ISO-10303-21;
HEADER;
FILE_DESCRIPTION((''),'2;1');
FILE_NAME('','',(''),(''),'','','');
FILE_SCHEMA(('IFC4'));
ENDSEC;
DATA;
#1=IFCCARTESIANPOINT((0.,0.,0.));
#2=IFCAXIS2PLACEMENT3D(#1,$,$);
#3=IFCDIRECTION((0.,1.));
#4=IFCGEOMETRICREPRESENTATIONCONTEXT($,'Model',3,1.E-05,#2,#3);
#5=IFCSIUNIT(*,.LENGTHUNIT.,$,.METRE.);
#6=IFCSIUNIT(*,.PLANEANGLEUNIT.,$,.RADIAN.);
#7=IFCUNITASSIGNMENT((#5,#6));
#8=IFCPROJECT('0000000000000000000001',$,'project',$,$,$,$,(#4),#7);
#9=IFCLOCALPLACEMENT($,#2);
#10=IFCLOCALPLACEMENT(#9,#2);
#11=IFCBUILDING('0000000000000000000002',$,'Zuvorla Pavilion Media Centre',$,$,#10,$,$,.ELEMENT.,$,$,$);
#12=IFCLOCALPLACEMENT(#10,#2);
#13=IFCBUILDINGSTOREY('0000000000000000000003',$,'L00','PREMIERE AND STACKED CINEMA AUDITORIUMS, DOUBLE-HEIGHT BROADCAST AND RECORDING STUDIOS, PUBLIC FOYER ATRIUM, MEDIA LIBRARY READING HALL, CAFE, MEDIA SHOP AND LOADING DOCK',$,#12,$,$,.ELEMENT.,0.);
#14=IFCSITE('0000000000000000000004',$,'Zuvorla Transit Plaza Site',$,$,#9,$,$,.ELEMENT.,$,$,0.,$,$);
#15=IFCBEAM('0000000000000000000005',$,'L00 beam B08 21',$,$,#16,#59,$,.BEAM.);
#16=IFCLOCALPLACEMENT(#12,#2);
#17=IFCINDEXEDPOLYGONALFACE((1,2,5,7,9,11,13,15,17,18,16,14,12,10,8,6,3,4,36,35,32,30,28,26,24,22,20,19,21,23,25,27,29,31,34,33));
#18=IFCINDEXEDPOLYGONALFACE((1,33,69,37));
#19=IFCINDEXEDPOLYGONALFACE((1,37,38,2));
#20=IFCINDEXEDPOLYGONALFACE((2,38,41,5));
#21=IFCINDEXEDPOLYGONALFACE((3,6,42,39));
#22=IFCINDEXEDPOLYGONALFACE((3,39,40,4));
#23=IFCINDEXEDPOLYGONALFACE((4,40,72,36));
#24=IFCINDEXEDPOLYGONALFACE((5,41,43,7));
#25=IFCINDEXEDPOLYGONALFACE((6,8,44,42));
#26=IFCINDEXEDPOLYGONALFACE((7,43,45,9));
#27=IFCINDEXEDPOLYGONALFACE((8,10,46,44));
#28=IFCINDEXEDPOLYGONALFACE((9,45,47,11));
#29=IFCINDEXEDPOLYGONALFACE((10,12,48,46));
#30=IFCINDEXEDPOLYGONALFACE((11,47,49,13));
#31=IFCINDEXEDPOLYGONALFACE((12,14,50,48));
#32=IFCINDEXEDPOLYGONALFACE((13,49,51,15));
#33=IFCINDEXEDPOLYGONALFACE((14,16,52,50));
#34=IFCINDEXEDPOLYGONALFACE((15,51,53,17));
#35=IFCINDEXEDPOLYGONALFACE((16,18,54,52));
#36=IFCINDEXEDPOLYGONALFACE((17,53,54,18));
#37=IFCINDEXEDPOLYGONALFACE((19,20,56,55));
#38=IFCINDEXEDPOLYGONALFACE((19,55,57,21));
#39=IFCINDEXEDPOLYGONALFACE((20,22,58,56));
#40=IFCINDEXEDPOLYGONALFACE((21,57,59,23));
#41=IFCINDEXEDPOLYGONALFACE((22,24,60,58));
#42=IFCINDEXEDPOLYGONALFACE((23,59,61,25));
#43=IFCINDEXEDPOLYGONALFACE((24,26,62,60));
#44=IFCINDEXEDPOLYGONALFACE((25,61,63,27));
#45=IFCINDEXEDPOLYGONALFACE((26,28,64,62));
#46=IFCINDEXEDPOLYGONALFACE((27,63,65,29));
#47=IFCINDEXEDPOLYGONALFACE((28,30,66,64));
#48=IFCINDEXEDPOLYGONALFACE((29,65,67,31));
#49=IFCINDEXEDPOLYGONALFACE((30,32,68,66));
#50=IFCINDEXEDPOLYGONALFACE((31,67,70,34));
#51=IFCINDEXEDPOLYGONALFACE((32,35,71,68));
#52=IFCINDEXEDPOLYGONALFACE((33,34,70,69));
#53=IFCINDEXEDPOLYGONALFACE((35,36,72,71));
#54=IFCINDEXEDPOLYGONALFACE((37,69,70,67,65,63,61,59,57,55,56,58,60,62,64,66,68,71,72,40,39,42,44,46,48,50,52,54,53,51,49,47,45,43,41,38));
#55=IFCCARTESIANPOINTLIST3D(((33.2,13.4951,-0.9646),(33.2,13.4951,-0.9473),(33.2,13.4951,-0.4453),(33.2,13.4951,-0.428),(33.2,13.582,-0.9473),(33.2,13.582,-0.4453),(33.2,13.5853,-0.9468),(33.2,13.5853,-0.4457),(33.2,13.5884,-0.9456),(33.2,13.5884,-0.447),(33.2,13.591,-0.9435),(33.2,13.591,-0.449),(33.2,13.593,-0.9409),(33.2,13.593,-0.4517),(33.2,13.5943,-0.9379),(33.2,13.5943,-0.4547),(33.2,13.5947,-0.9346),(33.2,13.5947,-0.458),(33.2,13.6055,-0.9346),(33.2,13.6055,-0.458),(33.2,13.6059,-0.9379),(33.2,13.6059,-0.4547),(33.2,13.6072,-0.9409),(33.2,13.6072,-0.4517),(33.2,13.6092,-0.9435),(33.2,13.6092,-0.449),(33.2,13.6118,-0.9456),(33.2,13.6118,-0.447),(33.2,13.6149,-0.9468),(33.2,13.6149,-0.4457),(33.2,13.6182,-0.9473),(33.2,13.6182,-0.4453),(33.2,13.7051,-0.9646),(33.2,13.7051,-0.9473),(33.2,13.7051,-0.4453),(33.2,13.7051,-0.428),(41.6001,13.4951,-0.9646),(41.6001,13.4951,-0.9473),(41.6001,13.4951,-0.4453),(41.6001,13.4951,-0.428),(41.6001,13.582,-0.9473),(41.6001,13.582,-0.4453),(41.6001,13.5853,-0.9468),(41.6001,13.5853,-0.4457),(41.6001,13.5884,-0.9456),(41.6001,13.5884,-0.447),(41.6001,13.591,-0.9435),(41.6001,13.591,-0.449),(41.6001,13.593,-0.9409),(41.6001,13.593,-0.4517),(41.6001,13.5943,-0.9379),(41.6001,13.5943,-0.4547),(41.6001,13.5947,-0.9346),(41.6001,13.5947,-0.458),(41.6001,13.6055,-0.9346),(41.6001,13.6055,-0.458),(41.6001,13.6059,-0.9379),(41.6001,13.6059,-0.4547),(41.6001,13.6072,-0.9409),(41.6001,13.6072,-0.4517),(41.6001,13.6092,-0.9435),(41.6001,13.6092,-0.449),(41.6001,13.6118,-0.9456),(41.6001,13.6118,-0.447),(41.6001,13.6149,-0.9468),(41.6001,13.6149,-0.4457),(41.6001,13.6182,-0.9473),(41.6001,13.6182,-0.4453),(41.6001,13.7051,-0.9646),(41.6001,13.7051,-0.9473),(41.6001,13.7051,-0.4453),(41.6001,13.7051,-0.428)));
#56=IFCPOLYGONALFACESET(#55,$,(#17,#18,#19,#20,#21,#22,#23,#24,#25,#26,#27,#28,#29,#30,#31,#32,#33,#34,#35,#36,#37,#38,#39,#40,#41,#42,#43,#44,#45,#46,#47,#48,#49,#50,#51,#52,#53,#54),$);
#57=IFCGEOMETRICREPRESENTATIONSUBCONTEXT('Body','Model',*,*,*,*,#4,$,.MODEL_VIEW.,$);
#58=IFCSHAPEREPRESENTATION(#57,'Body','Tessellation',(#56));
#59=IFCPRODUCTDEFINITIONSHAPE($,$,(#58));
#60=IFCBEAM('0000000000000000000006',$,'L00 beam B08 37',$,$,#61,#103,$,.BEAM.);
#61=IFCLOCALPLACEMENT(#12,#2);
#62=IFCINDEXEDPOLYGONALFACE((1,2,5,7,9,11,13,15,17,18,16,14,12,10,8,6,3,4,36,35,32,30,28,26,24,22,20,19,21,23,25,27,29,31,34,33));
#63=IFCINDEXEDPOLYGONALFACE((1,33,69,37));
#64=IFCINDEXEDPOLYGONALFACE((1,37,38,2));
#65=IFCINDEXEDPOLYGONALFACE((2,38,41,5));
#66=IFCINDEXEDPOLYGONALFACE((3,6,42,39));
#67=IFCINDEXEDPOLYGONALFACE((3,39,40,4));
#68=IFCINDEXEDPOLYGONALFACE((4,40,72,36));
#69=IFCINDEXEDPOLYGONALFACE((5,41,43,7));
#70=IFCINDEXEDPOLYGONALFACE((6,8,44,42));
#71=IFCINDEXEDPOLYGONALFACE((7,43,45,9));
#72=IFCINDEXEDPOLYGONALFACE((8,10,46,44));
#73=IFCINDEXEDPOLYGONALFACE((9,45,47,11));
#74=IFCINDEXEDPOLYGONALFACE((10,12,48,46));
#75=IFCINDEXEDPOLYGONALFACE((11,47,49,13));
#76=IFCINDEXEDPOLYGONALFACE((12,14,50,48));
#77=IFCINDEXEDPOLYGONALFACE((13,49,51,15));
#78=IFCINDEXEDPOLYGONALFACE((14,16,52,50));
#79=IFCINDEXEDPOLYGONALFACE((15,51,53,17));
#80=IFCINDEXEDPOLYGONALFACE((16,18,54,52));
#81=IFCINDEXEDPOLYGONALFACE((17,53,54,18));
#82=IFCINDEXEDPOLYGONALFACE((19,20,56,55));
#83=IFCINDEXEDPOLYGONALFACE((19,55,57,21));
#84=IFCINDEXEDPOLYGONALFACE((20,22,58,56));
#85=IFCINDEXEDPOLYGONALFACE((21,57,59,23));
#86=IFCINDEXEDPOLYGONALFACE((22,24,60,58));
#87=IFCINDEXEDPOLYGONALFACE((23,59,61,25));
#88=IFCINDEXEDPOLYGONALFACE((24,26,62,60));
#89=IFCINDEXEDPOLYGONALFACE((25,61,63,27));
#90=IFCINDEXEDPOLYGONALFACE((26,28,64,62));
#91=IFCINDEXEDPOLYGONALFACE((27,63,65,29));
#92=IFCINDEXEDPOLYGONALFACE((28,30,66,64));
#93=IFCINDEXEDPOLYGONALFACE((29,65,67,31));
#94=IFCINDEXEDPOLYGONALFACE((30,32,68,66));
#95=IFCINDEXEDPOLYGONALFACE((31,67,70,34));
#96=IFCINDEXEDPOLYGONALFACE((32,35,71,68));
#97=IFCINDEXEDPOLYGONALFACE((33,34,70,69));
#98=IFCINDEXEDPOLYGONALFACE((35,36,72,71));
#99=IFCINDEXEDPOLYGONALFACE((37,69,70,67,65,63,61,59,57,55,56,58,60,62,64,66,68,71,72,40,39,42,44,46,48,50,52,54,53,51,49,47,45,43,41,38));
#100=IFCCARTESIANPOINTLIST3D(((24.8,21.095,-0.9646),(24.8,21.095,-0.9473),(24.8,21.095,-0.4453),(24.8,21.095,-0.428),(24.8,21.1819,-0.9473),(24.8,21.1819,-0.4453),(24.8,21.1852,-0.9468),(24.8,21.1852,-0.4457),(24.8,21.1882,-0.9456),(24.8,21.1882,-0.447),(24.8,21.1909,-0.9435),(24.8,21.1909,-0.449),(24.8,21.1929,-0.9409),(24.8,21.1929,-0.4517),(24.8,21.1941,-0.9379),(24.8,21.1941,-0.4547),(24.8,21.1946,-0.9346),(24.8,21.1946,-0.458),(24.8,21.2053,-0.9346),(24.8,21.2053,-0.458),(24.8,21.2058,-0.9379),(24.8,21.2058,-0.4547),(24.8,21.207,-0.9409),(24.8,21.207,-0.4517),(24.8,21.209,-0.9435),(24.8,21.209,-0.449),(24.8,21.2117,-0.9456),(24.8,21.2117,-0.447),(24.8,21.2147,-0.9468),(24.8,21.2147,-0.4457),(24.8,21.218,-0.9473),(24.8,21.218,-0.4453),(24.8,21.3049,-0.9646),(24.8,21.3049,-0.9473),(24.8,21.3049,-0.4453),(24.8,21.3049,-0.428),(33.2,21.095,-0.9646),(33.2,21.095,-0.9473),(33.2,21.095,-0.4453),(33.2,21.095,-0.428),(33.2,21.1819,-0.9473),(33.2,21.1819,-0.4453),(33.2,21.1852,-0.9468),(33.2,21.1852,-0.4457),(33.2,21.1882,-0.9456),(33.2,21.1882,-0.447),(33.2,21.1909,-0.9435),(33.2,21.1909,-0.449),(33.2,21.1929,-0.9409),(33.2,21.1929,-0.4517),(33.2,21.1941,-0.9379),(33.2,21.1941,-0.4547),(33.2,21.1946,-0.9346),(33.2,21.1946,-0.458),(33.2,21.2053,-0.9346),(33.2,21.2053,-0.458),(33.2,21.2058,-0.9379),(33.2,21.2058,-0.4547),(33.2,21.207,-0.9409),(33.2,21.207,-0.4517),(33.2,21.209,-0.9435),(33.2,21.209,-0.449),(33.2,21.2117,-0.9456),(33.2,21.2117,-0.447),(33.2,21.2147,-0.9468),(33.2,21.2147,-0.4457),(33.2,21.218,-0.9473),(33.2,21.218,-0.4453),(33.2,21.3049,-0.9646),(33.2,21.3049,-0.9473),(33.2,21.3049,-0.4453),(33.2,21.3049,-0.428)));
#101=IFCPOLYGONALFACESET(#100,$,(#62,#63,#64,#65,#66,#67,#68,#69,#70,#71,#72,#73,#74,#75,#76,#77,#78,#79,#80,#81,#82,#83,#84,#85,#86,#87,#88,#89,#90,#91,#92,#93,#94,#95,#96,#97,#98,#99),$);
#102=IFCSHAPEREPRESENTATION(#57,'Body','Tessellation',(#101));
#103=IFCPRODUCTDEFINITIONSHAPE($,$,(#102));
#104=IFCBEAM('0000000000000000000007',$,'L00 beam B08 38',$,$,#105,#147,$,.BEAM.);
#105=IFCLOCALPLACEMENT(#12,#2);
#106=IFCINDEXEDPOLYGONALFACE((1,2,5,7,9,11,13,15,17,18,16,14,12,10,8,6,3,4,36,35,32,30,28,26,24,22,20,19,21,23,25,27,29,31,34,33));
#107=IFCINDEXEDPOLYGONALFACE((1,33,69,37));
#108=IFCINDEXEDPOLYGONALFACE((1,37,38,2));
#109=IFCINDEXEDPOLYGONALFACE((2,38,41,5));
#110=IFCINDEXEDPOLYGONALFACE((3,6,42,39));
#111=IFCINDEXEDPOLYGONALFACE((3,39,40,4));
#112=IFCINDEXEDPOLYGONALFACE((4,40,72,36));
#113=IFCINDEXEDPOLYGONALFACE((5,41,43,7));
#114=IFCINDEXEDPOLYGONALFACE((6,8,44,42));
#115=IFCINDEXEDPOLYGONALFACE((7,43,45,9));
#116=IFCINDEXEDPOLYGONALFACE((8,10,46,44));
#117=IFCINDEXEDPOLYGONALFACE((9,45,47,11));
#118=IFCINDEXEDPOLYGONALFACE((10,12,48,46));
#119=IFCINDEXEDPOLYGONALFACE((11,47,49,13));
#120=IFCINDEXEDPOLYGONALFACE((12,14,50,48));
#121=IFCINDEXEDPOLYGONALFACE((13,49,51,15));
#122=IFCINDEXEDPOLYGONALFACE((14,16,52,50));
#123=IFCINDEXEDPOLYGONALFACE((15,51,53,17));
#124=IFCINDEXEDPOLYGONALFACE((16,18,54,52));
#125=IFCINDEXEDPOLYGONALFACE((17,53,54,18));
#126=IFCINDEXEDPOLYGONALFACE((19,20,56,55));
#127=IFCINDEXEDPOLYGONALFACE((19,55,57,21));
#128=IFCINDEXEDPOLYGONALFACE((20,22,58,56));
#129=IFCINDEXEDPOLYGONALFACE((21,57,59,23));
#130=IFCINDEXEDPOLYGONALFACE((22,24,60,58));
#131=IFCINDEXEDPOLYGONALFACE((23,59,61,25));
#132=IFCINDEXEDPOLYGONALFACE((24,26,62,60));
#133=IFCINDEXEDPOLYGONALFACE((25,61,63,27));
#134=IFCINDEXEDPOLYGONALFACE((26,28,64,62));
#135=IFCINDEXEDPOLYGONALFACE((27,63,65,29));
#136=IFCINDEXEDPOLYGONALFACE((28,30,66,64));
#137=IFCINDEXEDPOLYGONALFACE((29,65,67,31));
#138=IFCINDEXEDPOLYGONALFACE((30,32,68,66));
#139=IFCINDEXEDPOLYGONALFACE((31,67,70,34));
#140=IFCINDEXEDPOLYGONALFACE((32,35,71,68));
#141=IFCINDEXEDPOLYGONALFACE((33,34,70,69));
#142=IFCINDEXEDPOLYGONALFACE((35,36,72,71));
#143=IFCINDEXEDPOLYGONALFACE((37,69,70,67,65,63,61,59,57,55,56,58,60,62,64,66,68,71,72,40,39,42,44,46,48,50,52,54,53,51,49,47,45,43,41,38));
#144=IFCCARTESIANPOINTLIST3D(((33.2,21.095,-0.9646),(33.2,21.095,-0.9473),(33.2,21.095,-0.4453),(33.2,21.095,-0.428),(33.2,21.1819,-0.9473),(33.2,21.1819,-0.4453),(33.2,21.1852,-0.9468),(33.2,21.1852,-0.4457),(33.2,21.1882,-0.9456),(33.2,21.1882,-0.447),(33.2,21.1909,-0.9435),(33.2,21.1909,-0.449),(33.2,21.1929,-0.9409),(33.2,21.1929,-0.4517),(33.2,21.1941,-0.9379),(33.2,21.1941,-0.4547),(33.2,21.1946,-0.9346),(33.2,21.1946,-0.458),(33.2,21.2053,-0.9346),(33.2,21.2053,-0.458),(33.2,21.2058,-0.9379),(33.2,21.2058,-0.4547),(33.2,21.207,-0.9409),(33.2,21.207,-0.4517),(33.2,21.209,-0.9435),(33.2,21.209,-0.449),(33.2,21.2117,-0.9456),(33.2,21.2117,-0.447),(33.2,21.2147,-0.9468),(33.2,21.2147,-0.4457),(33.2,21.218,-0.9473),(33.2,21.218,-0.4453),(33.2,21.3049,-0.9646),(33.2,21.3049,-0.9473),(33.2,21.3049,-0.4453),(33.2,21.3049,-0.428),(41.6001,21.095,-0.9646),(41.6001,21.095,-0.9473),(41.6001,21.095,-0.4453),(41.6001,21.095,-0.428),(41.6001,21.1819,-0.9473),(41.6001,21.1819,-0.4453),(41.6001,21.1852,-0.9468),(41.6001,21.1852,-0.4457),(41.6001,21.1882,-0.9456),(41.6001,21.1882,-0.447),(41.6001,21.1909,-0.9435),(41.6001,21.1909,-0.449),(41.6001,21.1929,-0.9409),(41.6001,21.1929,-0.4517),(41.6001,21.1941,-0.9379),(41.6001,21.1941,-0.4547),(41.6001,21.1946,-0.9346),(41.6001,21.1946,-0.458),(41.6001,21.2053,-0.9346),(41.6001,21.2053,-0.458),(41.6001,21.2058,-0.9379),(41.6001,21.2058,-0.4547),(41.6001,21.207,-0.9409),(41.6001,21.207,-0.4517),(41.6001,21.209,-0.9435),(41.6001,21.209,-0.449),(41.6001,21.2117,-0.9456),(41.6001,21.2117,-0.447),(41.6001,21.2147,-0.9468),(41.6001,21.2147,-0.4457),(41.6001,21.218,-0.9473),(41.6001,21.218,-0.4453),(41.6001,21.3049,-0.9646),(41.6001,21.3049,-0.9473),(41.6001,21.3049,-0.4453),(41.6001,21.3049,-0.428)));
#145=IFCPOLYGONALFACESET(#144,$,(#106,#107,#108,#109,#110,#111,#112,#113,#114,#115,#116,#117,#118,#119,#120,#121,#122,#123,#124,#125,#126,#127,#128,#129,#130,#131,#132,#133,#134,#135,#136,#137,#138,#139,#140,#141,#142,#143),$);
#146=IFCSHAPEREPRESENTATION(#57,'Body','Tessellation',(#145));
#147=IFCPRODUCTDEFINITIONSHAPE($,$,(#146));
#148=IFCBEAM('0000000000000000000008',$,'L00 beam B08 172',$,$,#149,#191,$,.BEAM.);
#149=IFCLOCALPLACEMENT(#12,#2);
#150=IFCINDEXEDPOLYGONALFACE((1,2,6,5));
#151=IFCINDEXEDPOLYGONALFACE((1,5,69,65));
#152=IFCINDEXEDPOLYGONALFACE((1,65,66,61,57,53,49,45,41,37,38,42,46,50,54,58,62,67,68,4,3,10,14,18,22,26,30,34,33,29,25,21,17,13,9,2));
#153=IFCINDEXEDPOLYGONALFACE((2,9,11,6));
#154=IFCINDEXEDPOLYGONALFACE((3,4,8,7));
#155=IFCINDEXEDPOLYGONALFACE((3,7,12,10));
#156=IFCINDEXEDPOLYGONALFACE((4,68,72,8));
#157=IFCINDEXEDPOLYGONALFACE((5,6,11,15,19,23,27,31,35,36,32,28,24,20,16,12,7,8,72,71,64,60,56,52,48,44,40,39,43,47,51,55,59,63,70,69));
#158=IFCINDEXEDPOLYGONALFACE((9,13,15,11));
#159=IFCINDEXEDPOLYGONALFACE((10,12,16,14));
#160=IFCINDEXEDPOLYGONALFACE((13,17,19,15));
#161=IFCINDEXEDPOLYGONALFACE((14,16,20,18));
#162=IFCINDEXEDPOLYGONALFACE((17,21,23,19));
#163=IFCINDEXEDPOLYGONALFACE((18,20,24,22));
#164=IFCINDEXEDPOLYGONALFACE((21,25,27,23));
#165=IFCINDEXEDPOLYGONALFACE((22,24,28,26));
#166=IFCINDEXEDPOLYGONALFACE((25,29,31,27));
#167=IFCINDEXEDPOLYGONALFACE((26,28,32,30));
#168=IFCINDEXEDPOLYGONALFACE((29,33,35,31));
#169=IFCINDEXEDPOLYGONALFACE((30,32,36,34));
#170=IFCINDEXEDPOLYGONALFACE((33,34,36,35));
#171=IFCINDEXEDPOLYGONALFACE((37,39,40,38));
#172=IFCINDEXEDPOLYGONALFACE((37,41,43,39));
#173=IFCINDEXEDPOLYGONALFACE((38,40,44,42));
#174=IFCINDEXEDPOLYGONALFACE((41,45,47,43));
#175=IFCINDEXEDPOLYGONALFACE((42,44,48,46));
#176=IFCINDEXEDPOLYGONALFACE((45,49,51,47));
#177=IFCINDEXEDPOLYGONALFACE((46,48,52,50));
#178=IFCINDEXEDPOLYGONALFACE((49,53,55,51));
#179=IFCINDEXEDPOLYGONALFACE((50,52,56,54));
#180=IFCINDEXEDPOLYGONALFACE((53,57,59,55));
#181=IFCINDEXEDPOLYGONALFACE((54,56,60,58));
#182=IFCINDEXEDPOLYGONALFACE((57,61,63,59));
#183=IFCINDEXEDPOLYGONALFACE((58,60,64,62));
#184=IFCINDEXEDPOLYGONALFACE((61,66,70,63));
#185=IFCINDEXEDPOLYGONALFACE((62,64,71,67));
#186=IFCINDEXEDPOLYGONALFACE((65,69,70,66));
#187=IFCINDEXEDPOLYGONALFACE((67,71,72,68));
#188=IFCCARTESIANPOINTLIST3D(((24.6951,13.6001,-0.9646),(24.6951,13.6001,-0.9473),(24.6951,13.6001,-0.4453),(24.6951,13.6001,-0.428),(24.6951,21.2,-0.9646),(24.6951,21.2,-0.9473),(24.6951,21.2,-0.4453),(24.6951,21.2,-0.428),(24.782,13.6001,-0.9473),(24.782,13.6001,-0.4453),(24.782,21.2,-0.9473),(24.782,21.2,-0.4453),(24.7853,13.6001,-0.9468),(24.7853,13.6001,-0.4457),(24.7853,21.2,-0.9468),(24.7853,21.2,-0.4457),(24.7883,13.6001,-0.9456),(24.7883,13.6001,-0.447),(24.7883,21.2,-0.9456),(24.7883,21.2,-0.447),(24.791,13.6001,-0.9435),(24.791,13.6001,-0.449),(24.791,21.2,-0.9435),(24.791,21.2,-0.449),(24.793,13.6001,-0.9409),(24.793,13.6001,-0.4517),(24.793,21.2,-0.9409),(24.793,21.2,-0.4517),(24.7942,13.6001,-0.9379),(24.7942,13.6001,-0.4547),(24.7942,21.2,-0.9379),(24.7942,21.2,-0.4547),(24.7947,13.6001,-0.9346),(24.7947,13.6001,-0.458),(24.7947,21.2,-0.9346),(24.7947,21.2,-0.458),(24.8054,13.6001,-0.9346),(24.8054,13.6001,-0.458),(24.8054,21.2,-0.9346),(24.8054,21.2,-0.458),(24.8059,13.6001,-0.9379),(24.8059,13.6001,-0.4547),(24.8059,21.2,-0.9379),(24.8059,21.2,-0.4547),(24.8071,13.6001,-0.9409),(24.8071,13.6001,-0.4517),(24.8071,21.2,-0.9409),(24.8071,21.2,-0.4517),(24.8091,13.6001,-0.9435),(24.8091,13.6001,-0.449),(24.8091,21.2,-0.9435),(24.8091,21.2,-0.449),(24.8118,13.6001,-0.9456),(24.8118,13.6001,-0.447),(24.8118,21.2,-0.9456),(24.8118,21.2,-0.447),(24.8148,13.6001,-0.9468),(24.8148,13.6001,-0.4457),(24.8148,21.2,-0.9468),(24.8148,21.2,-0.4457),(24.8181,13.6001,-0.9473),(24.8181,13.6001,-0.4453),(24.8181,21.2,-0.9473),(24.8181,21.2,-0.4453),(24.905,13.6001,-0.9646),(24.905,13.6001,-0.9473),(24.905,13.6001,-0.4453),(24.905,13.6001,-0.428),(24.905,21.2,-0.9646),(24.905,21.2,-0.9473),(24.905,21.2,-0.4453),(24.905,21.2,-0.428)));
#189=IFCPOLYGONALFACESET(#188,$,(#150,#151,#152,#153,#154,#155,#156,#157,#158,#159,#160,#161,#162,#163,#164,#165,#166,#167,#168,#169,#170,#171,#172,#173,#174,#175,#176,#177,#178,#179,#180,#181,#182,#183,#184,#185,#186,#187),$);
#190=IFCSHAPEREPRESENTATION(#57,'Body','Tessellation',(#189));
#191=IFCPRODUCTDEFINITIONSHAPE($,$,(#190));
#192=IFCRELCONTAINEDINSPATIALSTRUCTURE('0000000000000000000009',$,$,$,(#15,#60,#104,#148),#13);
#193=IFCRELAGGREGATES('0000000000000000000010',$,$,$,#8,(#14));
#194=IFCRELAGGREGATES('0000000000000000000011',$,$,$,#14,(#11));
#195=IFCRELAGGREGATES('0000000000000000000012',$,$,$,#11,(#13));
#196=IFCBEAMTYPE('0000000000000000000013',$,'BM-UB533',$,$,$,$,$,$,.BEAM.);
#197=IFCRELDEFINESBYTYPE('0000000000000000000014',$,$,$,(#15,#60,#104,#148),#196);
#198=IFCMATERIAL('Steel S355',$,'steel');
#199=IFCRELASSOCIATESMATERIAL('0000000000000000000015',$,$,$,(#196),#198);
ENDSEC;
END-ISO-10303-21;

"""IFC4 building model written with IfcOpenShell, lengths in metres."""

from ifc_helpers import new_model, si_unit, direction, frame, origin, origin_2d, place, context, subcontext, project, spatial, i_section, extrude, material, material_profile, profile_set, type_object, element, save


model = new_model("IFC4")

# Units and contexts
model_context = context("Model", 3, precision=1e-05, world=origin(), true_north=direction((0.0, 1.0)))
body_context = subcontext(model_context, "Body", "Model", "MODEL_VIEW")
ifc_project = project(units=[si_unit("LENGTHUNIT", "METRE"), si_unit("PLANEANGLEUNIT", "RADIAN")], contexts=[model_context])

# Site, building, storey
site_placement = place(None, origin())
site = spatial("IfcSite", under=ifc_project, at=site_placement, Name="Zuvorla Transit Plaza Site", CompositionType="ELEMENT", RefElevation=0.0)
building_placement = place(site_placement, origin())
building = spatial("IfcBuilding", under=site, at=building_placement, Name="Zuvorla Pavilion Media Centre", CompositionType="ELEMENT")
storey_placement = place(building_placement, origin())
storey = spatial("IfcBuildingStorey", under=building, at=storey_placement, Name="L00", Description="PREMIERE AND STACKED CINEMA AUDITORIUMS, DOUBLE-HEIGHT BROADCAST AND RECORDING STUDIOS, PUBLIC FOYER ATRIUM, MEDIA LIBRARY READING HALL, CAFE, MEDIA SHOP AND LOADING DOCK", CompositionType="ELEMENT", Elevation=0.0)

# Beams
ifc_material_1 = material(Name="Steel S355", Category="steel")
ifc_material_profile_1 = material_profile(ifc_material_1, i_section(OverallWidth=0.21, OverallDepth=0.5366, WebThickness=0.0107, FlangeThickness=0.0173, FilletRadius=0.0127, at=origin_2d()), Name="UB 533x210x101")
ifc_profile_set_1 = profile_set([ifc_material_profile_1], Name="Steel S355")
beam_type_1 = type_object("IfcBeamType", Name="BM-UB533", PredefinedType="BEAM", material=ifc_profile_set_1)
beam_1_placement = place(storey_placement, frame((33.2, 13.6001, -0.6963), z_axis=(1.0, 0.0, 0.0), x_axis=(0.0, 1.0, 0.0)))
element("IfcBeam", 1, at=beam_1_placement, inside=storey, type_object=beam_type_1, Name="L00 beam B08 21", PredefinedType="BEAM", context=body_context, shape_type="SweptSolid", body=[
    extrude(i_section(OverallWidth=0.21, OverallDepth=0.5366, WebThickness=0.0107, FlangeThickness=0.0173, FilletRadius=0.0127, at=origin_2d()), origin(), (0.0, 0.0, 1.0), 8.4001),
])
beam_2_placement = place(storey_placement, frame((24.8, 21.2, -0.6963), z_axis=(1.0, 0.0, 0.0), x_axis=(0.0, 1.0, 0.0)))
element("IfcBeam", 2, at=beam_2_placement, inside=storey, type_object=beam_type_1, Name="L00 beam B08 37", PredefinedType="BEAM", context=body_context, shape_type="SweptSolid", body=[
    extrude(i_section(OverallWidth=0.21, OverallDepth=0.5366, WebThickness=0.0107, FlangeThickness=0.0173, FilletRadius=0.0127, at=origin_2d()), origin(), (0.0, 0.0, 1.0), 8.3999),
])
beam_3_placement = place(storey_placement, frame((33.2, 21.2, -0.6963), z_axis=(1.0, 0.0, 0.0), x_axis=(0.0, 1.0, 0.0)))
element("IfcBeam", 3, at=beam_3_placement, inside=storey, type_object=beam_type_1, Name="L00 beam B08 38", PredefinedType="BEAM", context=body_context, shape_type="SweptSolid", body=[
    extrude(i_section(OverallWidth=0.21, OverallDepth=0.5366, WebThickness=0.0107, FlangeThickness=0.0173, FilletRadius=0.0127, at=origin_2d()), origin(), (0.0, 0.0, 1.0), 8.4001),
])
beam_4_placement = place(storey_placement, frame((24.8, 13.6001, -0.6963), z_axis=(0.0, 1.0, 0.0), x_axis=(-1.0, 0.0, 0.0)))
element("IfcBeam", 4, at=beam_4_placement, inside=storey, type_object=beam_type_1, Name="L00 beam B08 172", PredefinedType="BEAM", context=body_context, shape_type="SweptSolid", body=[
    extrude(i_section(OverallWidth=0.21, OverallDepth=0.5366, WebThickness=0.0107, FlangeThickness=0.0173, FilletRadius=0.0127, at=origin_2d()), origin(), (0.0, 0.0, 1.0), 7.5999),
])

save(model, "model.ifc")
